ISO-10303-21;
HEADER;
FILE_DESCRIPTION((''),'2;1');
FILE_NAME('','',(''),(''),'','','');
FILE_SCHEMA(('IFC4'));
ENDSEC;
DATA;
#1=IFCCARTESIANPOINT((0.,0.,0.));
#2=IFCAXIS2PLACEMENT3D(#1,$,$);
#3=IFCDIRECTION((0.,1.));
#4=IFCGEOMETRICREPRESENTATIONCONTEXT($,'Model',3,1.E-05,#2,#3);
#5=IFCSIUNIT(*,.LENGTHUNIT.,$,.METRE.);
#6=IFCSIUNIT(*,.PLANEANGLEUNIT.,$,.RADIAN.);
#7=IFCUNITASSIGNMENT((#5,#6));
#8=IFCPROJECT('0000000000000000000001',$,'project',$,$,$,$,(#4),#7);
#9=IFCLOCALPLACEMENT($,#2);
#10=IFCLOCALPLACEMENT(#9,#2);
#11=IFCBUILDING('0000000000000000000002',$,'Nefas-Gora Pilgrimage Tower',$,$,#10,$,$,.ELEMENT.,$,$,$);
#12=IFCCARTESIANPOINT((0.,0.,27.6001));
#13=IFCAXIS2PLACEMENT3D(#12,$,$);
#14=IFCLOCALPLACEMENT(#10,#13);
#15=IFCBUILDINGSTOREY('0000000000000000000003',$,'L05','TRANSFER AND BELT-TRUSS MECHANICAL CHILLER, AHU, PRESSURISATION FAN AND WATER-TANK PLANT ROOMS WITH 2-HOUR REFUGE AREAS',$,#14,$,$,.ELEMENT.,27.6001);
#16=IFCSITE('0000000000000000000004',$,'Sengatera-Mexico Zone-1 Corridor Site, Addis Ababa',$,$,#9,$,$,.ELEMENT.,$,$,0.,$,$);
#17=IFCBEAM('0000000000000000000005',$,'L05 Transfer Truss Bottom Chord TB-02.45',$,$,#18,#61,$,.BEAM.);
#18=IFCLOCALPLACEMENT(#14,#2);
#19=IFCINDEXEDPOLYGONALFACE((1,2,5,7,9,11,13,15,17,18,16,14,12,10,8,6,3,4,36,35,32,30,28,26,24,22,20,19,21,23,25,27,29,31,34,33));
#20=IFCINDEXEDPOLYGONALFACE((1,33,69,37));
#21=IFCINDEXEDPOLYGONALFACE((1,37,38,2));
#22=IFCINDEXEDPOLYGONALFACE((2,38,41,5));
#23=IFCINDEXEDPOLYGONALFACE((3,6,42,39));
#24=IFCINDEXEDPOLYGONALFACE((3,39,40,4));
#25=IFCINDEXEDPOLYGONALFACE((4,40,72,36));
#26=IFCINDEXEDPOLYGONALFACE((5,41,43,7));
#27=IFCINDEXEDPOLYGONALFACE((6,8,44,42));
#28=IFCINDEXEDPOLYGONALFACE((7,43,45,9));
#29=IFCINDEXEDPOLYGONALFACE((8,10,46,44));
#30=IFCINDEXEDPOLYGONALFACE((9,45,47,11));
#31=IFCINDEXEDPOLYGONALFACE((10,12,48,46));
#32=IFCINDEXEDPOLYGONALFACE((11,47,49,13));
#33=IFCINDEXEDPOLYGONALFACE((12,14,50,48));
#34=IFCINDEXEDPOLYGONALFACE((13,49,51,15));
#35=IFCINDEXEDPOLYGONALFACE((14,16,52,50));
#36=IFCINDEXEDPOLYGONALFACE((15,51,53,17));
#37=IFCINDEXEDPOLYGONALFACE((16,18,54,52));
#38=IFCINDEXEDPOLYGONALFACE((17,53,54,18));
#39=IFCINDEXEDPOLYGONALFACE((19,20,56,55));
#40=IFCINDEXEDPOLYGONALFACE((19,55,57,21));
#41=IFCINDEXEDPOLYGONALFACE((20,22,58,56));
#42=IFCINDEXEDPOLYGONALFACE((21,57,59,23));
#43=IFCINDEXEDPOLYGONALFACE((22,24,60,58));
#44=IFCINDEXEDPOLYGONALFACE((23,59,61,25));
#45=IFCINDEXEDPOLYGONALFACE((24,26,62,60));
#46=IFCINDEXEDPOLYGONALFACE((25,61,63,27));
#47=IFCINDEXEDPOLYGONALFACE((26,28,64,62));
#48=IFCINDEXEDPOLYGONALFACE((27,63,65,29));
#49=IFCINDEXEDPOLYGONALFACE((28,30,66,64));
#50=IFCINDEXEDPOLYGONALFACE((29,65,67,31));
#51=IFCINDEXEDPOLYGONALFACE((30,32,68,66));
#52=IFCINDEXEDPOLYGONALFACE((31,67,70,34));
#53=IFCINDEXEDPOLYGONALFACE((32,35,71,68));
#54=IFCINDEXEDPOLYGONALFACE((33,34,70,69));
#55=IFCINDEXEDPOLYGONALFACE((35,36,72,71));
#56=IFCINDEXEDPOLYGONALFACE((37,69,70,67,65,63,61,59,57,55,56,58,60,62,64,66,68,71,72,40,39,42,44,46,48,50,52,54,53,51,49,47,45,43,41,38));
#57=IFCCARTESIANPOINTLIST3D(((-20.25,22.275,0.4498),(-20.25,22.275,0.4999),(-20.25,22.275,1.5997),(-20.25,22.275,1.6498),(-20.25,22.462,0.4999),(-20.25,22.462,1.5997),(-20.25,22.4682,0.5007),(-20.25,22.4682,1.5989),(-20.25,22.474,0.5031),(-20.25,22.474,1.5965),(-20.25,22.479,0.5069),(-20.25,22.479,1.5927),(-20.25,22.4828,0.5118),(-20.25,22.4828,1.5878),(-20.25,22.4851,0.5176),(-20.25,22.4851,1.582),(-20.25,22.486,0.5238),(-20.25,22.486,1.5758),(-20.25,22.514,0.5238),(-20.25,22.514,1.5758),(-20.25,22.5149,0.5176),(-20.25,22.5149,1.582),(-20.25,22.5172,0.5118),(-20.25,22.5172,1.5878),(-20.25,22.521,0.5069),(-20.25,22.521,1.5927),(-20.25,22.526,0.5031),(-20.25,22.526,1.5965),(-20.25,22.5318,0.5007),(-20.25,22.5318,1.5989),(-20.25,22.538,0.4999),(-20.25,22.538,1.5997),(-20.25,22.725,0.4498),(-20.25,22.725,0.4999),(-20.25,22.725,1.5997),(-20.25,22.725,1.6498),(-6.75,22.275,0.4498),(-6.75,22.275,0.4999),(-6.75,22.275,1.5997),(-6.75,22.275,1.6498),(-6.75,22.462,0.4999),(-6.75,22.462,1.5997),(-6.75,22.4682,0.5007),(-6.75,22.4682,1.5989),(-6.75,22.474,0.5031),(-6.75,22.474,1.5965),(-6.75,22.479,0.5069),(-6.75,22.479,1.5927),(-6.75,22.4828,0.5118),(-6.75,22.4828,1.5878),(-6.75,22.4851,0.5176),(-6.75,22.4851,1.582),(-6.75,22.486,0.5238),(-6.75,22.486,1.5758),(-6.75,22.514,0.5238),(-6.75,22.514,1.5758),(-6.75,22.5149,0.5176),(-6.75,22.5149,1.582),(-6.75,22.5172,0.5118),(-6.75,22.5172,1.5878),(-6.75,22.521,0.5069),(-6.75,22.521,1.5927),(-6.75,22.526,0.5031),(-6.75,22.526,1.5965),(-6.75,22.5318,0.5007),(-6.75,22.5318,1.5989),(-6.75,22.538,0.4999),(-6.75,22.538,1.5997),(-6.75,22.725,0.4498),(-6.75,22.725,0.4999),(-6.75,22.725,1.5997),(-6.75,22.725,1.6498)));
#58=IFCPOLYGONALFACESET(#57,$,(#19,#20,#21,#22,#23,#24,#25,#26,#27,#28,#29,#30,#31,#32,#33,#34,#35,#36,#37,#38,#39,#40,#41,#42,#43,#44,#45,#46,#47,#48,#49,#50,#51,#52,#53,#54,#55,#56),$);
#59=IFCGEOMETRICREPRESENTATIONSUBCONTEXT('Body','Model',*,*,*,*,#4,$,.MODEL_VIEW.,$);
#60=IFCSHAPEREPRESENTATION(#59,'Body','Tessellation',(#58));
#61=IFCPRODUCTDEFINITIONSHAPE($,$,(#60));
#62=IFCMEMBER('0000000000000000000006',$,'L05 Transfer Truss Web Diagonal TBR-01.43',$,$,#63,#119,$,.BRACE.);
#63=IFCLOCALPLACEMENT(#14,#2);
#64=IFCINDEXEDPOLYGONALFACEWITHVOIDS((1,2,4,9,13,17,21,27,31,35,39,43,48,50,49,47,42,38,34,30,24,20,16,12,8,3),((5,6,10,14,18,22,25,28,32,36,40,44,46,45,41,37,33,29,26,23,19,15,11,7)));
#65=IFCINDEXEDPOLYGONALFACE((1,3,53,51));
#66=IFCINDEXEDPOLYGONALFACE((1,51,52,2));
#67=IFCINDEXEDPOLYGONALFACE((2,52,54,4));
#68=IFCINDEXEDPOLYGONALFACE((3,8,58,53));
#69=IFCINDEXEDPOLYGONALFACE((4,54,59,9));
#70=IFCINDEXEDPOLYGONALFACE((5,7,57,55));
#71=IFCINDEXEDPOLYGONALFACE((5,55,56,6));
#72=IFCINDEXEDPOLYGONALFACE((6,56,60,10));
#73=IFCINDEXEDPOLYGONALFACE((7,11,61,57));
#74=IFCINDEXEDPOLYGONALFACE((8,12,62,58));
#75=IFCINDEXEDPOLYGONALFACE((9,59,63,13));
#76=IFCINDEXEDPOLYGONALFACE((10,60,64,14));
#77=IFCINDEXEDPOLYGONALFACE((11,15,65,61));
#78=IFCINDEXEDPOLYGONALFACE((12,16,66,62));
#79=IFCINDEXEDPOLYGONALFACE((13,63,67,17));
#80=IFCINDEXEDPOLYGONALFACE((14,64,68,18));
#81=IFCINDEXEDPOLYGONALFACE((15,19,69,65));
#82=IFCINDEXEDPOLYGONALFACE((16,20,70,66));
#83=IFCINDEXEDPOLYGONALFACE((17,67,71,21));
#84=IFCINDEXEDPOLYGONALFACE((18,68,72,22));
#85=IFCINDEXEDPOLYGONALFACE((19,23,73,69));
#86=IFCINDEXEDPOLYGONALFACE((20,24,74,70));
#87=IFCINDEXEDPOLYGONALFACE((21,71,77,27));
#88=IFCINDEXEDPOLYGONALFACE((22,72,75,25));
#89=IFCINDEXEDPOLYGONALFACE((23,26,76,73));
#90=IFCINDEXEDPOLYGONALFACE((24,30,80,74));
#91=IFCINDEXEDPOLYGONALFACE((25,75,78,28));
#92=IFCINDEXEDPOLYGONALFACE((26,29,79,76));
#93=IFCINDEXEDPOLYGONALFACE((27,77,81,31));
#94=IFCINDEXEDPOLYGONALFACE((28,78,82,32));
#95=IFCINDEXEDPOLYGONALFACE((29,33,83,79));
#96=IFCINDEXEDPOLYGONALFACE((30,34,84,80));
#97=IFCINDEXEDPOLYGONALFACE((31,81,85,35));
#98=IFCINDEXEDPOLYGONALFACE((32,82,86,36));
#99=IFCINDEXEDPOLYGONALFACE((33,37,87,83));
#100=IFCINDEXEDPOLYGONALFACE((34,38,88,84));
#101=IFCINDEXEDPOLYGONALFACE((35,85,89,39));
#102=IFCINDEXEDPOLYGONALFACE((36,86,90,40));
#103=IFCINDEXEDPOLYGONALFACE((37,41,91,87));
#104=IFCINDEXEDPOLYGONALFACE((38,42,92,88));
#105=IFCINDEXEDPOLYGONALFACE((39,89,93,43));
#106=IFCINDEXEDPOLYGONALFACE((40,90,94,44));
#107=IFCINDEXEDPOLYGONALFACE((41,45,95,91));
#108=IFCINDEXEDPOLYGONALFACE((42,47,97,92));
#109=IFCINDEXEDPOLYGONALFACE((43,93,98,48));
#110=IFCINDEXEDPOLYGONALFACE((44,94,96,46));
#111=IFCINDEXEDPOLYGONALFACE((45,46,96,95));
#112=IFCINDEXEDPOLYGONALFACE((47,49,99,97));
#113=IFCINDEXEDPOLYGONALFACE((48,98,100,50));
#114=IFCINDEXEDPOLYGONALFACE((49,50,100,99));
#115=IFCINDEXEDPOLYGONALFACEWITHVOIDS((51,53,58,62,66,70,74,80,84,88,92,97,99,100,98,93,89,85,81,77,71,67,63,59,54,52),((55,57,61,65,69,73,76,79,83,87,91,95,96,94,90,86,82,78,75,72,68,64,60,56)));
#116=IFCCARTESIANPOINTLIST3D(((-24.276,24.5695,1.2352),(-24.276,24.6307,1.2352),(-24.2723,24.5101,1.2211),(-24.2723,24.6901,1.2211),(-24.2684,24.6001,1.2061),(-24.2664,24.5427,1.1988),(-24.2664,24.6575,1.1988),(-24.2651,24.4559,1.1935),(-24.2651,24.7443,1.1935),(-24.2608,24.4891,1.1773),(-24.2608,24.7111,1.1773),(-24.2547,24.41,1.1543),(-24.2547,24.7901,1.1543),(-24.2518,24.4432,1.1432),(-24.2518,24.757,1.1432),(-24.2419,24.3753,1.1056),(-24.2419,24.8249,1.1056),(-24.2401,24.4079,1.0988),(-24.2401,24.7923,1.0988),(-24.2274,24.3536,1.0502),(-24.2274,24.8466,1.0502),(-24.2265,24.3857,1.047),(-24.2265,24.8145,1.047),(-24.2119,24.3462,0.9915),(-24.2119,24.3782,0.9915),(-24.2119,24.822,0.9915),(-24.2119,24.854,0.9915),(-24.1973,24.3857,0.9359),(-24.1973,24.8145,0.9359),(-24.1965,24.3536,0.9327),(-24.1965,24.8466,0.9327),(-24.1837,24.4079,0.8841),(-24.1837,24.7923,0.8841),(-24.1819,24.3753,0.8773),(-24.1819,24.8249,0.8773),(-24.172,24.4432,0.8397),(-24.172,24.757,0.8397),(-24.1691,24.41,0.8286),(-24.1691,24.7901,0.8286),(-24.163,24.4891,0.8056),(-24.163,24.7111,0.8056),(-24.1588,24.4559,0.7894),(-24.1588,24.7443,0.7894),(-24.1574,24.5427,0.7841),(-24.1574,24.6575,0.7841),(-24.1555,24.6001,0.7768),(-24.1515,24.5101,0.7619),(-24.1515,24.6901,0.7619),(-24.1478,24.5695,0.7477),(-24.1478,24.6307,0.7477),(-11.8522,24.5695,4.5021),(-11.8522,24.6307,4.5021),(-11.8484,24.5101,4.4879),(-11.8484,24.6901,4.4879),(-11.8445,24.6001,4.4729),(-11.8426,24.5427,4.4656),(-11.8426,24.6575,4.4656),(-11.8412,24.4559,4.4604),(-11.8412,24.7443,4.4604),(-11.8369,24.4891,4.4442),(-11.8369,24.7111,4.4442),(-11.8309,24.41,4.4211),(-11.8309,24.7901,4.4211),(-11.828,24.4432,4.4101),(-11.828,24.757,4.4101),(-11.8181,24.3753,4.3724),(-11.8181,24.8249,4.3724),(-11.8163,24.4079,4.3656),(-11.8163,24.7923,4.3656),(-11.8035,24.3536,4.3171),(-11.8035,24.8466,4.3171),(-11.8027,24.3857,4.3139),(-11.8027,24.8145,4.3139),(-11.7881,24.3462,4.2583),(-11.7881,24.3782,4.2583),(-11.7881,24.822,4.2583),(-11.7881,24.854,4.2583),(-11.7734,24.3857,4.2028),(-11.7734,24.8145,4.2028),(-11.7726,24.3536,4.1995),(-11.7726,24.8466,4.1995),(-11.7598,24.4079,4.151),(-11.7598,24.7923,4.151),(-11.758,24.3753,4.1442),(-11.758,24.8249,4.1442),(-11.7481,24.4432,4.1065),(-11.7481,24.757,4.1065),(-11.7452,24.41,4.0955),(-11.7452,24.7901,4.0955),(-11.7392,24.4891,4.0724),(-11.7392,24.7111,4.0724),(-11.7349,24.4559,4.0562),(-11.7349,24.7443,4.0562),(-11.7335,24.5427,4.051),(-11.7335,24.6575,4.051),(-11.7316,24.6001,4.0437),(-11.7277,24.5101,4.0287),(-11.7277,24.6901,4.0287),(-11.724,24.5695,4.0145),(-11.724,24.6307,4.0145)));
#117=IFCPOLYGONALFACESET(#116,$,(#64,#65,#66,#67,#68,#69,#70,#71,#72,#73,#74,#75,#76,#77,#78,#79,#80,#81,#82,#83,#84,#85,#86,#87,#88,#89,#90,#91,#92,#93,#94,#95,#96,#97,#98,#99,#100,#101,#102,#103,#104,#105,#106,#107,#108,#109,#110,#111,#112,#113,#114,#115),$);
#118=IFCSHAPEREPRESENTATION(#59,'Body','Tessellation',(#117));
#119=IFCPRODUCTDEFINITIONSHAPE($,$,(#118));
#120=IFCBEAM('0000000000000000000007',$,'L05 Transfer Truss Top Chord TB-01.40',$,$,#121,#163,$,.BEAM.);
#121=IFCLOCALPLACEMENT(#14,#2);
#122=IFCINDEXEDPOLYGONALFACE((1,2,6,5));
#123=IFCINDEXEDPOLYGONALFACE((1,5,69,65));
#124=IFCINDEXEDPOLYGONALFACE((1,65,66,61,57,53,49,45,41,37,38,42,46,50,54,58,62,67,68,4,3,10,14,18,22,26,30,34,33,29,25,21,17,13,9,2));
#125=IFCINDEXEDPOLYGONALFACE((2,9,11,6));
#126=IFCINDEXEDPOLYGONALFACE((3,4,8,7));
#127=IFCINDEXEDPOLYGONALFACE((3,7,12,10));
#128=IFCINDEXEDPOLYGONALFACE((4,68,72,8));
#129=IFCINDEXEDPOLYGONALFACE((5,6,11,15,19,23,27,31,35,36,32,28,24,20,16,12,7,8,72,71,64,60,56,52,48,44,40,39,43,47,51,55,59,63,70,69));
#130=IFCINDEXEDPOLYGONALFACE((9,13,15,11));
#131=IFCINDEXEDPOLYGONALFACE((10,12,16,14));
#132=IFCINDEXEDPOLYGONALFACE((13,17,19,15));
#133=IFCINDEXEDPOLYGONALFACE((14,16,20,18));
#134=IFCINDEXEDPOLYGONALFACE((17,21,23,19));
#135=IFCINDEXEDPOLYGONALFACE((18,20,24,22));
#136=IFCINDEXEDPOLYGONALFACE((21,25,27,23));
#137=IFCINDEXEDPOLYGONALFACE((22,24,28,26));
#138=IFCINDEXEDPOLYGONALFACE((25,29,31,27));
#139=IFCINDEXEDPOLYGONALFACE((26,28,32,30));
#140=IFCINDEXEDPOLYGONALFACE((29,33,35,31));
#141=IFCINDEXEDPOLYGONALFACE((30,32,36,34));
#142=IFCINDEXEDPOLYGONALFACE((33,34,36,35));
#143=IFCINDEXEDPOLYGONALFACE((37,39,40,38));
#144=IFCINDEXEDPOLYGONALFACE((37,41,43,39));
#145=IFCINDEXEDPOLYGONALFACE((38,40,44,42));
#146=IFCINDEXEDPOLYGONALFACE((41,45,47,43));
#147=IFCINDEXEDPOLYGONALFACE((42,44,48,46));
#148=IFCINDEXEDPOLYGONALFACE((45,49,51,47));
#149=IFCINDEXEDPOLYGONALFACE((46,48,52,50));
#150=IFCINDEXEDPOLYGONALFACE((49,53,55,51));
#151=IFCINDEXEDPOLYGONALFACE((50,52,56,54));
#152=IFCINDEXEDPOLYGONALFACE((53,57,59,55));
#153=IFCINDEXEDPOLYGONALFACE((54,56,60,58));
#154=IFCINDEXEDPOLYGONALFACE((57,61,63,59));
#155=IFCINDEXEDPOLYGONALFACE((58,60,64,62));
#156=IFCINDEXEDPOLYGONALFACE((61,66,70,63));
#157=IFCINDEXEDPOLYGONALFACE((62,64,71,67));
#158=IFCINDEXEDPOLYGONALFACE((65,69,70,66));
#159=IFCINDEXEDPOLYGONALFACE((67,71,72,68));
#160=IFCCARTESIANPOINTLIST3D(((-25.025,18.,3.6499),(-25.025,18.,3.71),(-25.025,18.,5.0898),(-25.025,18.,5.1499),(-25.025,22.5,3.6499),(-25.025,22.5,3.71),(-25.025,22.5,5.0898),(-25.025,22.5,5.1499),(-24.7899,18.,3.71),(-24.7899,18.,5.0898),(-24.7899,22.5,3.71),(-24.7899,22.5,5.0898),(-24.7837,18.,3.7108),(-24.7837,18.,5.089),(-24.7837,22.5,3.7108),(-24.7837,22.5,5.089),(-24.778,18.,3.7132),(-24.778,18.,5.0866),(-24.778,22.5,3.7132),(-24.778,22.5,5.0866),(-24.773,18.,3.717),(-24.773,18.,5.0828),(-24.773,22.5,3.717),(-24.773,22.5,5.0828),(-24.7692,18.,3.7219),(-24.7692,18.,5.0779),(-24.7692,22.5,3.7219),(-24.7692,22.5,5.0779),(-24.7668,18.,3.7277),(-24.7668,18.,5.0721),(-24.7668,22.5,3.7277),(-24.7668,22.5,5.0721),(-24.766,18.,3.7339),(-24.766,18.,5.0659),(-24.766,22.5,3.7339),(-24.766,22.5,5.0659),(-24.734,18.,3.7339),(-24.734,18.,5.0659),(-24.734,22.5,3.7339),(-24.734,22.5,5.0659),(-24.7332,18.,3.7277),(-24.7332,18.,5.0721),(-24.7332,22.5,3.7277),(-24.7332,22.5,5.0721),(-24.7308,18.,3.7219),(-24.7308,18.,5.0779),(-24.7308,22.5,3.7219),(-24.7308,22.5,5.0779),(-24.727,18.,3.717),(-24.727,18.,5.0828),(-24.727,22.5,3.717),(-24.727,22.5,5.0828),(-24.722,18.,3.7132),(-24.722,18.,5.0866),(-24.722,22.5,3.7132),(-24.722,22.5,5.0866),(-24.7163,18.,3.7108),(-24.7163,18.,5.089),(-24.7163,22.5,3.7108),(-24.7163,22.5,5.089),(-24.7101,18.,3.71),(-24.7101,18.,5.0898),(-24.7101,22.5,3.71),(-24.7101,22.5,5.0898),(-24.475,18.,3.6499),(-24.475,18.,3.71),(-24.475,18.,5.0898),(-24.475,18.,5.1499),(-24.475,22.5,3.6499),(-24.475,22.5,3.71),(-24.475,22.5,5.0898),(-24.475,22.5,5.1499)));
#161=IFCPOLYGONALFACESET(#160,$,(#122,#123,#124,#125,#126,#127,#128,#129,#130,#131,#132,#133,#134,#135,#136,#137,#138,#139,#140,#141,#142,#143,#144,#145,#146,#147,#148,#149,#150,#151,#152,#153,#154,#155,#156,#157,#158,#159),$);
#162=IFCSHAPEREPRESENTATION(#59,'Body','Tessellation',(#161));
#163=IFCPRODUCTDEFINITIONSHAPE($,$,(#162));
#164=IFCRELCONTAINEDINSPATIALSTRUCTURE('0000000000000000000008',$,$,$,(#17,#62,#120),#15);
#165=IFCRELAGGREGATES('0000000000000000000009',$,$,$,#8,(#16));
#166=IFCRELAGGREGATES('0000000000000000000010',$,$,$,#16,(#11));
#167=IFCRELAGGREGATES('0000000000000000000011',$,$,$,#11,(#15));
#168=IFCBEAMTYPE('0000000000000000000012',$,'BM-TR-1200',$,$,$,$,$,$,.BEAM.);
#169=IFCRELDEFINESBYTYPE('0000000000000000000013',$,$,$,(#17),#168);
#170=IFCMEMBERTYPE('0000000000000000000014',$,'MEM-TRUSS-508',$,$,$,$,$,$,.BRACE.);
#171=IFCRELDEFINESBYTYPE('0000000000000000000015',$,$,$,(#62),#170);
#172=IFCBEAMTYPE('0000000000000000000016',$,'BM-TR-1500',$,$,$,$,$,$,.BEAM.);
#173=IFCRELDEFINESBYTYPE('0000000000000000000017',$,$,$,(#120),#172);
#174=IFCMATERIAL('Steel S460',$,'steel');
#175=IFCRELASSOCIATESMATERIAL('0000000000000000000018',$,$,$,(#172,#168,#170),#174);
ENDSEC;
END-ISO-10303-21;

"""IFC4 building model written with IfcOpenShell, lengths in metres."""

from ifc_helpers import new_model, si_unit, direction, frame, origin, origin_2d, place, context, subcontext, project, spatial, hollow_circle, i_section, extrude, source, transform, mapped, material, material_profile, profile_set, type_object, element, save


model = new_model("IFC4")

# Units and contexts
model_context = context("Model", 3, precision=1e-05, world=origin(), true_north=direction((0.0, 1.0)))
body_context = subcontext(model_context, "Body", "Model", "MODEL_VIEW")
ifc_project = project(units=[si_unit("LENGTHUNIT", "METRE"), si_unit("PLANEANGLEUNIT", "RADIAN")], contexts=[model_context])

# Site, building, storey
site_placement = place(None, origin())
site = spatial("IfcSite", under=ifc_project, at=site_placement, Name="Sengatera-Mexico Zone-1 Corridor Site, Addis Ababa", CompositionType="ELEMENT", RefElevation=0.0)
building_placement = place(site_placement, origin())
building = spatial("IfcBuilding", under=site, at=building_placement, Name="Nefas-Gora Pilgrimage Tower", CompositionType="ELEMENT")
storey_placement = place(building_placement, frame((0.0, 0.0, 27.6001)))
storey = spatial("IfcBuildingStorey", under=building, at=storey_placement, Name="L05", Description="TRANSFER AND BELT-TRUSS MECHANICAL CHILLER, AHU, PRESSURISATION FAN AND WATER-TANK PLANT ROOMS WITH 2-HOUR REFUGE AREAS", CompositionType="ELEMENT", Elevation=27.6001)

# Shared definitions
ifc_material = material(Name="Steel S460", Category="steel")

# Beam
ifc_material_profile_1 = material_profile(ifc_material, i_section(OverallWidth=0.55, OverallDepth=1.5, WebThickness=0.032, FlangeThickness=0.0601, FilletRadius=0.0239, at=origin_2d()), Name="WPG 1500x550x32x60")
ifc_profile_set_1 = profile_set([ifc_material_profile_1], Name="Steel S460")
beam_type_1 = type_object("IfcBeamType", Name="BM-TR-1500", PredefinedType="BEAM", material=ifc_profile_set_1)
ifc_material_profile_2 = material_profile(ifc_material, i_section(OverallWidth=0.45, OverallDepth=1.2, WebThickness=0.0281, FlangeThickness=0.05, FilletRadius=0.0239, at=origin_2d()), Name="WPG 1200x450x28x50")
ifc_profile_set_2 = profile_set([ifc_material_profile_2], Name="Steel S460")
beam_type_2 = type_object("IfcBeamType", Name="BM-TR-1200", PredefinedType="BEAM", material=ifc_profile_set_2)
shared_shape_1 = source(origin(), body_context, "Body", "SweptSolid", [
    extrude(i_section(OverallWidth=0.45, OverallDepth=1.2, WebThickness=0.0281, FlangeThickness=0.05, FilletRadius=0.0239, at=origin_2d()), origin(), (0.0, 0.0, 1.0), 13.5),
])
for number, where, z_axis, x_axis, name in (
    (1, (-20.25, 22.5, 1.0498), (1.0, 0.0, 0.0), (0.0, 1.0, 0.0), "L05 Transfer Truss Bottom Chord TB-02.45"),
):
    element("IfcBeam", number, at=place(storey_placement, frame(where, z_axis=z_axis, x_axis=x_axis)), inside=storey, type_object=beam_type_2, Name=name, PredefinedType="BEAM", context=body_context, shape_type="MappedRepresentation", body=[
        mapped(shared_shape_1, transform((0.0, 0.0, 0.0), x_axis=(1.0, 0.0, 0.0), y_axis=(0.0, 1.0, 0.0), z_axis=(0.0, 0.0, 1.0), scale=1.0)),
    ])

# Member
ifc_material_profile_3 = material_profile(ifc_material, hollow_circle(Radius=0.2539, WallThickness=0.032, at=origin_2d()), Name="CHS 508x32")
ifc_profile_set_3 = profile_set([ifc_material_profile_3], Name="Steel S460")
member_type = type_object("IfcMemberType", Name="MEM-TRUSS-508", PredefinedType="BRACE", material=ifc_profile_set_3)
shared_shape_2 = source(origin(), body_context, "Body", "SweptSolid", [
    extrude(hollow_circle(Radius=0.2539, WallThickness=0.032, at=origin_2d()), origin(), (0.0, 0.0, 1.0), 12.8462),
])
member_placement = place(storey_placement, frame((-24.2119, 24.6001, 0.9915), z_axis=(0.967124, 0.0, 0.254305), x_axis=(0.0, 1.0, 0.0)))
element("IfcMember", 2, at=member_placement, inside=storey, type_object=member_type, Name="L05 Transfer Truss Web Diagonal TBR-01.43", PredefinedType="BRACE", context=body_context, shape_type="MappedRepresentation", body=[
    mapped(shared_shape_2, transform((0.0, 0.0, 0.0), x_axis=(1.0, 0.0, 0.0), y_axis=(0.0, 1.0, 0.0), z_axis=(0.0, 0.0, 1.0), scale=1.0)),
])

# Beam
shared_shape_3 = source(origin(), body_context, "Body", "SweptSolid", [
    extrude(i_section(OverallWidth=0.55, OverallDepth=1.5, WebThickness=0.032, FlangeThickness=0.0601, FilletRadius=0.0239, at=origin_2d()), origin(), (0.0, 0.0, 1.0), 4.5),
])
for number, where, z_axis, x_axis, name in (
    (3, (-24.75, 18.0, 4.3999), (0.0, 1.0, 0.0), (-1.0, 0.0, 0.0), "L05 Transfer Truss Top Chord TB-01.40"),
):
    element("IfcBeam", number, at=place(storey_placement, frame(where, z_axis=z_axis, x_axis=x_axis)), inside=storey, type_object=beam_type_1, Name=name, PredefinedType="BEAM", context=body_context, shape_type="MappedRepresentation", body=[
        mapped(shared_shape_3, transform((0.0, 0.0, 0.0), x_axis=(1.0, 0.0, 0.0), y_axis=(0.0, 1.0, 0.0), z_axis=(0.0, 0.0, 1.0), scale=1.0)),
    ])

save(model, "model.ifc")
